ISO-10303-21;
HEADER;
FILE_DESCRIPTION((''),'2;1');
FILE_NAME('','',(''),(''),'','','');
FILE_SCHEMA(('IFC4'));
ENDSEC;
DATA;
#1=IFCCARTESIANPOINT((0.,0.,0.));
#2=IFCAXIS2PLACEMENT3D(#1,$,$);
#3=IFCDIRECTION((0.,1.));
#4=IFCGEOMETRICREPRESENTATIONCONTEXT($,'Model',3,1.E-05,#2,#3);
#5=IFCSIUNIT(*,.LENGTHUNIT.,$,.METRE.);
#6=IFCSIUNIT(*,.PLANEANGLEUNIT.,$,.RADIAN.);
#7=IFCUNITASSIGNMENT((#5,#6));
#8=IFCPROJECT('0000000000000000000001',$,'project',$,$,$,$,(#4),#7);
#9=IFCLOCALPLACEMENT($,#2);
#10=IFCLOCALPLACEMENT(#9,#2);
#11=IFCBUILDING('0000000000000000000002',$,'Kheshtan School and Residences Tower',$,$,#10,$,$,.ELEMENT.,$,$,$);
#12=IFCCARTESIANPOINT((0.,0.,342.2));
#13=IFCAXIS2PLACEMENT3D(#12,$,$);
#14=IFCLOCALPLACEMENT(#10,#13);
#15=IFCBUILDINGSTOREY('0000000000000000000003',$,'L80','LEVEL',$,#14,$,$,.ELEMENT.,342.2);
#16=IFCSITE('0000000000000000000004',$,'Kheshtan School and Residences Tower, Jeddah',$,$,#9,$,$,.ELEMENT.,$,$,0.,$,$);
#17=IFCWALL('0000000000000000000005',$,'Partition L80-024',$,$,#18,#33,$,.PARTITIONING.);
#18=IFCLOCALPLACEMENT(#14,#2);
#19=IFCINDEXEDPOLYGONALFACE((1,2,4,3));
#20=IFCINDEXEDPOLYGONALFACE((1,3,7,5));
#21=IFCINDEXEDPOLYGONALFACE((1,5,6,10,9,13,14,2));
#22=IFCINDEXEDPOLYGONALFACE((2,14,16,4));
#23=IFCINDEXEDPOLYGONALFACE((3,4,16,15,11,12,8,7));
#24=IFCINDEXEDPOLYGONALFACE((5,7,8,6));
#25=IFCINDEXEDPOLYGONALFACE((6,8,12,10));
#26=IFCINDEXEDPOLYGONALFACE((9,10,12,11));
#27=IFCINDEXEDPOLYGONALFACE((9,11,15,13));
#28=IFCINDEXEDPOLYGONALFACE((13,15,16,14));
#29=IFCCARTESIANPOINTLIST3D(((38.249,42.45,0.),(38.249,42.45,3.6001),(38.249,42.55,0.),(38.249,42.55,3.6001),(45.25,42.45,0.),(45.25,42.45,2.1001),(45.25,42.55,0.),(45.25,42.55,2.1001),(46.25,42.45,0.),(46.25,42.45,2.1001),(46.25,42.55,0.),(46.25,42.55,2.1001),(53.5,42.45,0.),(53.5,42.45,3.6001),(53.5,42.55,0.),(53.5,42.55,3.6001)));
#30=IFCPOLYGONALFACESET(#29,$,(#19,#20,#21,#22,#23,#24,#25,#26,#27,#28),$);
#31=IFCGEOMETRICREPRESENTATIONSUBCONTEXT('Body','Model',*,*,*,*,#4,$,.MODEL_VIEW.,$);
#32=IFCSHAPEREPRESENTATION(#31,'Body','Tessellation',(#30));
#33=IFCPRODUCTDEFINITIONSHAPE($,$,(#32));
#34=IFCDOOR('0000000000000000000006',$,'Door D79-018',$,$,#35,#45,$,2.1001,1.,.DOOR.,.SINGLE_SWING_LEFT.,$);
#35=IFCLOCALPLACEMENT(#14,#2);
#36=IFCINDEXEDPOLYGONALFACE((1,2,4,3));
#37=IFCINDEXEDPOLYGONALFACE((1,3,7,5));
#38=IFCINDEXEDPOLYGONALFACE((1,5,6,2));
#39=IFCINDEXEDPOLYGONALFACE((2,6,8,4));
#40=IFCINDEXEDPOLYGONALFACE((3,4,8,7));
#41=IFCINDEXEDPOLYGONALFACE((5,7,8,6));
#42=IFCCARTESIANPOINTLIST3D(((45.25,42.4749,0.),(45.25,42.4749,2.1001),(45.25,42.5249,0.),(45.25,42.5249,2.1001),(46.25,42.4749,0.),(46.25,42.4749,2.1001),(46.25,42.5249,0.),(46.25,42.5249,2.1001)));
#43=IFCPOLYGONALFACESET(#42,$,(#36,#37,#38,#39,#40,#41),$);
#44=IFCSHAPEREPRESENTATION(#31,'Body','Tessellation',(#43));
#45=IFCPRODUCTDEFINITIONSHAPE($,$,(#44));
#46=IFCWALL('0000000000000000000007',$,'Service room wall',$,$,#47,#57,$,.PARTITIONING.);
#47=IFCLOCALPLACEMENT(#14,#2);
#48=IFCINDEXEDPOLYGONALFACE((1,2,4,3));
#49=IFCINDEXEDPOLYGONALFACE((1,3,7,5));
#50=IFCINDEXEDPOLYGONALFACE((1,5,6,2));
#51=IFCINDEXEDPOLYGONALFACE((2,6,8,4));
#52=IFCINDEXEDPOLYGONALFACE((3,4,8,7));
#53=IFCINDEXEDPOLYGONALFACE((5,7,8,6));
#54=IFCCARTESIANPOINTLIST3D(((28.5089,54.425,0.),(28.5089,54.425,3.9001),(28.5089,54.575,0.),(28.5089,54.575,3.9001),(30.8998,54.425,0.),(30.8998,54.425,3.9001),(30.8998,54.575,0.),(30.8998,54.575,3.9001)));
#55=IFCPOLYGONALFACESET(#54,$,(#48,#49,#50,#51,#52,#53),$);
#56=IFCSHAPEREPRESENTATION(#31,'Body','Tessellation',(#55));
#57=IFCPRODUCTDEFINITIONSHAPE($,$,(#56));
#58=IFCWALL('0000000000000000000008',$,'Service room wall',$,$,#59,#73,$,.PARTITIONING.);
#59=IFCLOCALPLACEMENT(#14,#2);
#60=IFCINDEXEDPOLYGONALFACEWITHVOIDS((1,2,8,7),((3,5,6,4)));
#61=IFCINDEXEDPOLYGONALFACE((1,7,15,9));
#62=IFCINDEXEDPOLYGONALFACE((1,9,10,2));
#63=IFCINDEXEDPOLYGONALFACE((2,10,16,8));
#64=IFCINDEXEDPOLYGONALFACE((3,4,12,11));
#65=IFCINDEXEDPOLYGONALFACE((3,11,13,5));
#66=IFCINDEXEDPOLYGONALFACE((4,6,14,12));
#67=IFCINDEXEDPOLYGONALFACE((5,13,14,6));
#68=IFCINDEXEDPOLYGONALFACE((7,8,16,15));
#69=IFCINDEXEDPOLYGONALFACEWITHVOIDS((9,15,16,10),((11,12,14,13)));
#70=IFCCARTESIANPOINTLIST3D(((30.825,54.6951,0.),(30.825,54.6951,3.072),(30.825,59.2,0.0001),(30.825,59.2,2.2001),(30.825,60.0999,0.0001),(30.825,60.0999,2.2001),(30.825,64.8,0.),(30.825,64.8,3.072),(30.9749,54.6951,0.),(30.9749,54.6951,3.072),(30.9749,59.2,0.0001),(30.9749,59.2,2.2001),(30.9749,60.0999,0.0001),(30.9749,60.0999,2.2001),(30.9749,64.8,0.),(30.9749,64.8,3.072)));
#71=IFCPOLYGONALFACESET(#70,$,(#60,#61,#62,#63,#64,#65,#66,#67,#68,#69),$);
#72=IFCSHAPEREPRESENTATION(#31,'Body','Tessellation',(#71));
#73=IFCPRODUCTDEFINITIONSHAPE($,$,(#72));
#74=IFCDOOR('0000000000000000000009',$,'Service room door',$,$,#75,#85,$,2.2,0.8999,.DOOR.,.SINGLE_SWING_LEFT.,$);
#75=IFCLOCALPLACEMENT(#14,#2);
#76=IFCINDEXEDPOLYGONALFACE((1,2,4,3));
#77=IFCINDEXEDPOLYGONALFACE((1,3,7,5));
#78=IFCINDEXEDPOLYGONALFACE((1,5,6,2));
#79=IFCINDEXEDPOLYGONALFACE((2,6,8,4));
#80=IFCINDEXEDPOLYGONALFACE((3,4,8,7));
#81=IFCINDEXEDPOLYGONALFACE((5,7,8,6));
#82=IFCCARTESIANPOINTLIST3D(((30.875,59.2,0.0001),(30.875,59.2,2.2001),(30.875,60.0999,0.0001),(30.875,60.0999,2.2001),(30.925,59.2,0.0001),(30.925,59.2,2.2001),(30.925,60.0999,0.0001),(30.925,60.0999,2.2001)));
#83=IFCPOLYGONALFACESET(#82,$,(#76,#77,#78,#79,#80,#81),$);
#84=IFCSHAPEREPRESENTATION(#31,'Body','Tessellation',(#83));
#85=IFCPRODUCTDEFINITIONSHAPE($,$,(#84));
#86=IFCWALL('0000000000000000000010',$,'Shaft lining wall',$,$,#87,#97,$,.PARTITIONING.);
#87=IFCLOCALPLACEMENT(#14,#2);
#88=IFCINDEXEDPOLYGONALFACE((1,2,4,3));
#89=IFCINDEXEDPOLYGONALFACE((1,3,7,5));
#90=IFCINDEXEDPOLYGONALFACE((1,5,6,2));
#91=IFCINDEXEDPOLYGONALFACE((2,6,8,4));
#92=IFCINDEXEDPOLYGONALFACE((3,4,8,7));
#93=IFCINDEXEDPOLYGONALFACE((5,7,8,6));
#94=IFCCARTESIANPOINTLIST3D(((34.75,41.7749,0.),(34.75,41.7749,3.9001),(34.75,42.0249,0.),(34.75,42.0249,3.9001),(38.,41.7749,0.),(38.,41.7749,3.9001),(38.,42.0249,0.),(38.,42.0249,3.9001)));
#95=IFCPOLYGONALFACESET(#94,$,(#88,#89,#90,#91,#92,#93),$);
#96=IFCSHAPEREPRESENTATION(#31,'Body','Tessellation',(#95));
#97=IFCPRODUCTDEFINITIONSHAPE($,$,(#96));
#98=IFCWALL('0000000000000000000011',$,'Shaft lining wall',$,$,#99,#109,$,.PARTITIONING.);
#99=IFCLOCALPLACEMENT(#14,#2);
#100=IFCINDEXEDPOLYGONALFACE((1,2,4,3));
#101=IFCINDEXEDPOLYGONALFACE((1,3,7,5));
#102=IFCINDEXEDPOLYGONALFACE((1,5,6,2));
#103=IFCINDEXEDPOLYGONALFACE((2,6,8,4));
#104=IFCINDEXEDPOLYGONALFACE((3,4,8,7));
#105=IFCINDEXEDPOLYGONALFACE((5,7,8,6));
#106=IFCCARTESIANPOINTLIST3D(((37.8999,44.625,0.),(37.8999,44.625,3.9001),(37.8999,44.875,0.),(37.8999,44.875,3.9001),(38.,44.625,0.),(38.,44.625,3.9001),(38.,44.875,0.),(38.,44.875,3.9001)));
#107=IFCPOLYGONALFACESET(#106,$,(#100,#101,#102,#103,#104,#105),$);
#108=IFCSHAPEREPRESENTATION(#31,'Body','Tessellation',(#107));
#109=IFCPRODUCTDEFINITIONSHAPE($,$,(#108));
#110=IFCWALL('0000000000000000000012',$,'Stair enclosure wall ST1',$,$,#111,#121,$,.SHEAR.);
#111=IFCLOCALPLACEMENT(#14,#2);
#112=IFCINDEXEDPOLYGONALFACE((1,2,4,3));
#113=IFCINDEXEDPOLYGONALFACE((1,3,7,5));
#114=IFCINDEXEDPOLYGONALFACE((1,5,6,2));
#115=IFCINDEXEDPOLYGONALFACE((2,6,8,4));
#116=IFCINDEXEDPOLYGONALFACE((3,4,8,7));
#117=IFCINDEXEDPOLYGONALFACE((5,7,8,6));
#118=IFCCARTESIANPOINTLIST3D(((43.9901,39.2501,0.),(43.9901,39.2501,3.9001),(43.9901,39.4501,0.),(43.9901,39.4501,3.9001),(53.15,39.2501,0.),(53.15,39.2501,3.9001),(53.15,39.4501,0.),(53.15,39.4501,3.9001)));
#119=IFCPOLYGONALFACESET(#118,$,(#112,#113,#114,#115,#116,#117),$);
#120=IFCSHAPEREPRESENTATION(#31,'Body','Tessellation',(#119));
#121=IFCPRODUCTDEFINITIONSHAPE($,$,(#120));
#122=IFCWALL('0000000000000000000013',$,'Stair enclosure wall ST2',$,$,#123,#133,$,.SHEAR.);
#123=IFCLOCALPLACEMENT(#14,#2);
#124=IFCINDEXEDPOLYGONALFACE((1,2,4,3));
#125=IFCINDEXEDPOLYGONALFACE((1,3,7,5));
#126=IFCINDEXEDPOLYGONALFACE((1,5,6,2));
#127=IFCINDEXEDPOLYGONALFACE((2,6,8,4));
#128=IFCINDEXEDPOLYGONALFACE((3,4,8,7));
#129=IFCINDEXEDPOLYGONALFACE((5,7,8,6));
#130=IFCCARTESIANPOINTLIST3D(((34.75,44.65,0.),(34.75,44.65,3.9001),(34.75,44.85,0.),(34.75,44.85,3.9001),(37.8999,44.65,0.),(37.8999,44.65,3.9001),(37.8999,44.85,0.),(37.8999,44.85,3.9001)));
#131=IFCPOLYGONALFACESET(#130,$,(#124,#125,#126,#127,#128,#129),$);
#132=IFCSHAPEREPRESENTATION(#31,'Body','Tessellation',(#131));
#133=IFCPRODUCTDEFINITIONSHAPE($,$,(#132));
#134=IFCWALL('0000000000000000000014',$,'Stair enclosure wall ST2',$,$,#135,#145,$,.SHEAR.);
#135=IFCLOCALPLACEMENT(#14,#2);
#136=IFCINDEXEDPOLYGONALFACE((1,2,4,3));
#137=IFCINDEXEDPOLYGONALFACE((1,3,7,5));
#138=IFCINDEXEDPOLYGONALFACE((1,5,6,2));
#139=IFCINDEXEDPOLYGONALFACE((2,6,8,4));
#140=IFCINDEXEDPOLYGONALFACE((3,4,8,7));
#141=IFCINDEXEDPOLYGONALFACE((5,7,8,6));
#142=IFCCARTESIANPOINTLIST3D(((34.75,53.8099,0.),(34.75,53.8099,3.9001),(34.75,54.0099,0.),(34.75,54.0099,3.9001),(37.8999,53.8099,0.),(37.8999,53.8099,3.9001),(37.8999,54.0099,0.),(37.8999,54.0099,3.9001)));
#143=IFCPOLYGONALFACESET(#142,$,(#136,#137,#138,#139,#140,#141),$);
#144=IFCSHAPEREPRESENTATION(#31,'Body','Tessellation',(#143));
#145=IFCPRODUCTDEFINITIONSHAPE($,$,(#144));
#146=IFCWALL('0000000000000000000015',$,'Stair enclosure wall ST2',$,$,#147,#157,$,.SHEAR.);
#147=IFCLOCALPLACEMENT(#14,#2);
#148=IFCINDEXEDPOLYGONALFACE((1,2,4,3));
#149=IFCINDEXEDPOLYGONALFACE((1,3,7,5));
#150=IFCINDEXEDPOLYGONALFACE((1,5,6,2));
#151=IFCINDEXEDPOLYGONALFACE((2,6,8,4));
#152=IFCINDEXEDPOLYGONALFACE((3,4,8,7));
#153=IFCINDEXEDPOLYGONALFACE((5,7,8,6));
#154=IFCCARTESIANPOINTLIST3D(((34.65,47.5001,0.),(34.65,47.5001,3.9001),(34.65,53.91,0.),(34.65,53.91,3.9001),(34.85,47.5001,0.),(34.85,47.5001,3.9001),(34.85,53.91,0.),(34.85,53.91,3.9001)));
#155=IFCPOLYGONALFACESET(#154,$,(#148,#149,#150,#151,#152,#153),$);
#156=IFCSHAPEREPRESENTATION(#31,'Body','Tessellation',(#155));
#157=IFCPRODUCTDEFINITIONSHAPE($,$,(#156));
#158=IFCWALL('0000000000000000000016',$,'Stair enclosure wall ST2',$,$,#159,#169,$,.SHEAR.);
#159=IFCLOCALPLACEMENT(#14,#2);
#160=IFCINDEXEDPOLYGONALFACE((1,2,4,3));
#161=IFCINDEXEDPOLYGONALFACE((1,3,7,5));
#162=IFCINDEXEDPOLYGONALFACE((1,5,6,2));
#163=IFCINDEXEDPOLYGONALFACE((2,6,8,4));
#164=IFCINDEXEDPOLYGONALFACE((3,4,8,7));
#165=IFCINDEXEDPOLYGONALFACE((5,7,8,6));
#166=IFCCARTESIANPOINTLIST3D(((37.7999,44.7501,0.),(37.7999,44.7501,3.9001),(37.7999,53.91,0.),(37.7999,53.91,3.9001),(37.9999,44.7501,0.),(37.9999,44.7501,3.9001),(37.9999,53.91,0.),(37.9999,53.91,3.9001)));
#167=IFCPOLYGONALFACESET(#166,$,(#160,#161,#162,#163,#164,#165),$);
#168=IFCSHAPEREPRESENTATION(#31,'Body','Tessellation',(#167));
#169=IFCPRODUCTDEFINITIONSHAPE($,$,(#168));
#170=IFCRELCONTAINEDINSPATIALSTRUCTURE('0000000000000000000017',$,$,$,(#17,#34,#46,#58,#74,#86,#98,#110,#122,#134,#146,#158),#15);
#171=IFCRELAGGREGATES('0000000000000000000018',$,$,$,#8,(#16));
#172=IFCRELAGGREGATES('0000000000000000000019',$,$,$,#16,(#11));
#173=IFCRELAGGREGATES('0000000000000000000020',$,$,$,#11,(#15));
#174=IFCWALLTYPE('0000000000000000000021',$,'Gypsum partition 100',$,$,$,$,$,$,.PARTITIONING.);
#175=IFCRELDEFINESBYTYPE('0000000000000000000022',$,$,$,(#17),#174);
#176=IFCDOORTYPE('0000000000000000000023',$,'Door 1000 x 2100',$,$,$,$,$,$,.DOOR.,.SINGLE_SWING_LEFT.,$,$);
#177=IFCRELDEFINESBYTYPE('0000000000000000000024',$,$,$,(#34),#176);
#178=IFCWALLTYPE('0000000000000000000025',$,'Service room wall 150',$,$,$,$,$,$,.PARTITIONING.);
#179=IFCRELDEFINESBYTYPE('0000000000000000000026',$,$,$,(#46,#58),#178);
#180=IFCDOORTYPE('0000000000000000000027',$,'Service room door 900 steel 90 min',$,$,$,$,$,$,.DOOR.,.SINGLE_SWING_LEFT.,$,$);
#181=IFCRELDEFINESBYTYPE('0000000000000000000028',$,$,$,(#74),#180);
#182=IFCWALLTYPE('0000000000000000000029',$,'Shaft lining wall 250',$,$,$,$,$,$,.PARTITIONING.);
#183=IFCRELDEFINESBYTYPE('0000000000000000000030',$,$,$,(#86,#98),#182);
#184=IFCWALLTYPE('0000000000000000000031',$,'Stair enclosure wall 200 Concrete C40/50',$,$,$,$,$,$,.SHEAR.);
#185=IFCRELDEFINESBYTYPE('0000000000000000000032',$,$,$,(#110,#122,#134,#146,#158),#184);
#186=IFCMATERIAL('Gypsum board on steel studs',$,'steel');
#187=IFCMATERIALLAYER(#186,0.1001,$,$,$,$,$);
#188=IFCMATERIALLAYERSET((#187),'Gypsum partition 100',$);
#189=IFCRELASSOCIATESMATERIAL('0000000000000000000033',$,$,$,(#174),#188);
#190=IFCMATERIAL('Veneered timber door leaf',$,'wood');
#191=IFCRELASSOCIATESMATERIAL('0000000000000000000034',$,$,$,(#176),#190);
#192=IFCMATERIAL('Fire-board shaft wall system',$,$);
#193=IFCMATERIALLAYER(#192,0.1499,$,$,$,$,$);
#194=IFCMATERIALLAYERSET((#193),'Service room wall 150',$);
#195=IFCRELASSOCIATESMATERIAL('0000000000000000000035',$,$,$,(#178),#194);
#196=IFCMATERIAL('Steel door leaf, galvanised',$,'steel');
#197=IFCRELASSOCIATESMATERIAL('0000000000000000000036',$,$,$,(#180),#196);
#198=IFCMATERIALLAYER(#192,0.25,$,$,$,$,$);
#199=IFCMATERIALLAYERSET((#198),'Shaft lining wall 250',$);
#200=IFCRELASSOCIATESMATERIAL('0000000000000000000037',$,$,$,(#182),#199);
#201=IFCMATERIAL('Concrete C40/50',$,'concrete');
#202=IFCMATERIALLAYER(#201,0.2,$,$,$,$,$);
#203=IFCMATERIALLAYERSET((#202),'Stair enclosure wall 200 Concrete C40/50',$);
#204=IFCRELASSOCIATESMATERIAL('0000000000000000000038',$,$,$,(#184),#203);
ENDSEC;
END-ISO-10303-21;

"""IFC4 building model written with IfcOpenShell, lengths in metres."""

from ifc_helpers import new_model, si_unit, direction, frame, frame_2d, origin, place, context, subcontext, project, spatial, rectangle, extrude, source, transform, mapped, material, layer, layer_set, type_object, element, fill, save


model = new_model("IFC4")

# Units and contexts
model_context = context("Model", 3, precision=1e-05, world=origin(), true_north=direction((0.0, 1.0)))
body_context = subcontext(model_context, "Body", "Model", "MODEL_VIEW")
ifc_project = project(units=[si_unit("LENGTHUNIT", "METRE"), si_unit("PLANEANGLEUNIT", "RADIAN")], contexts=[model_context])

# Site, building, storey
site_placement = place(None, origin())
site = spatial("IfcSite", under=ifc_project, at=site_placement, Name="Kheshtan School and Residences Tower, Jeddah", CompositionType="ELEMENT", RefElevation=0.0)
building_placement = place(site_placement, origin())
building = spatial("IfcBuilding", under=site, at=building_placement, Name="Kheshtan School and Residences Tower", CompositionType="ELEMENT")
storey_placement = place(building_placement, frame((0.0, 0.0, 342.2)))
storey = spatial("IfcBuildingStorey", under=building, at=storey_placement, Name="L80", Description="LEVEL", CompositionType="ELEMENT", Elevation=342.2)

# Wall, opening, door
ifc_material_1 = material(Name="Gypsum board on steel studs", Category="steel")
ifc_layer_1 = layer(ifc_material_1, 0.1001)
ifc_layer_set_1 = layer_set([ifc_layer_1], Name="Gypsum partition 100")
wall_type_1 = type_object("IfcWallType", Name="Gypsum partition 100", PredefinedType="PARTITIONING", material=ifc_layer_set_1)
wall_1_placement = place(storey_placement, frame((38.249, 42.5, 0.0), z_axis=(0.0, 0.0, 1.0), x_axis=(1.0, 0.0, 0.0)))
wall_1 = element("IfcWall", 1, at=wall_1_placement, inside=storey, type_object=wall_type_1, Name="Partition L80-024", PredefinedType="PARTITIONING", context=body_context, shape_type="SweptSolid", body=[
    extrude(rectangle(XDim=15.251, YDim=0.1001, at=frame_2d((7.6255, 0.0))), origin(), (0.0, 0.0, 1.0), 3.6001),
])
opening_1_placement = place(wall_1_placement, frame((7.001, 0.0, 0.0)))
opening_1 = element("IfcOpeningElement", 2, at=opening_1_placement, cuts=wall_1, PredefinedType="OPENING", context=body_context, shape_type="SweptSolid", body=[
    extrude(rectangle(XDim=1.0, YDim=2.1001, at=frame_2d((0.5, 1.05))), frame((0.0, 0.0601, 0.0), z_axis=(0.0, -1.0, 0.0), x_axis=(1.0, 0.0, 0.0)), (0.0, 0.0, 1.0), 0.1201),
])
ifc_material_2 = material(Name="Veneered timber door leaf", Category="wood")
door_type_1 = type_object("IfcDoorType", Name="Door 1000 x 2100", OperationType="SINGLE_SWING_LEFT", PredefinedType="DOOR", material=ifc_material_2)
shared_shape_1 = source(origin(), body_context, "Body", "SweptSolid", [
    extrude(rectangle(XDim=1.0, YDim=2.1001, at=frame_2d((0.5, 1.05))), frame((0.0, 0.0249, 0.0), z_axis=(0.0, -1.0, 0.0), x_axis=(1.0, 0.0, 0.0)), (0.0, 0.0, 1.0), 0.05),
])
door_1_placement = place(opening_1_placement, origin())
door_1 = element("IfcDoor", 3, at=door_1_placement, inside=storey, type_object=door_type_1, Name="Door D79-018", OperationType="SINGLE_SWING_LEFT", OverallHeight=2.1001, OverallWidth=1.0, PredefinedType="DOOR", context=body_context, shape_type="MappedRepresentation", body=[
    mapped(shared_shape_1, transform((0.0, 0.0, 0.0), x_axis=(1.0, 0.0, 0.0), y_axis=(0.0, 1.0, 0.0), z_axis=(0.0, 0.0, 1.0), scale=1.0)),
])
fill(opening_1, door_1)

# Wall
ifc_material_3 = material(Name="Fire-board shaft wall system")
ifc_layer_2 = layer(ifc_material_3, 0.1499)
ifc_layer_set_2 = layer_set([ifc_layer_2], Name="Service room wall 150")
wall_type_2 = type_object("IfcWallType", Name="Service room wall 150", PredefinedType="PARTITIONING", material=ifc_layer_set_2)
wall_2_placement = place(storey_placement, frame((28.509, 54.5, 0.0), z_axis=(0.0, 0.0, 1.0), x_axis=(1.0, 0.0, 0.0)))
element("IfcWall", 4, at=wall_2_placement, inside=storey, type_object=wall_type_2, Name="Service room wall", PredefinedType="PARTITIONING", context=body_context, shape_type="SweptSolid", body=[
    extrude(rectangle(XDim=2.3909, YDim=0.1499, at=frame_2d((1.1953, 0.0))), origin(), (0.0, 0.0, 1.0), 3.9001),
])

# Wall, opening, door
wall_3_placement = place(storey_placement, frame((30.8999, 54.6951, 0.0), z_axis=(0.0, 0.0, 1.0), x_axis=(0.0, 1.0, 0.0)))
wall_3 = element("IfcWall", 5, at=wall_3_placement, inside=storey, type_object=wall_type_2, Name="Service room wall", PredefinedType="PARTITIONING", context=body_context, shape_type="SweptSolid", body=[
    extrude(rectangle(XDim=10.105, YDim=0.1499, at=frame_2d((5.0525, 0.0))), origin(), (0.0, 0.0, 1.0), 3.072),
])
opening_2_placement = place(wall_3_placement, frame((4.5049, 0.0, 0.0)))
opening_2 = element("IfcOpeningElement", 6, at=opening_2_placement, cuts=wall_3, PredefinedType="OPENING", context=body_context, shape_type="SweptSolid", body=[
    extrude(rectangle(XDim=0.8999, YDim=2.2, at=frame_2d((0.45, 1.1001))), frame((0.0, 0.085, 0.0), z_axis=(0.0, -1.0, 0.0), x_axis=(1.0, 0.0, 0.0)), (0.0, 0.0, 1.0), 0.1699),
])
ifc_material_4 = material(Name="Steel door leaf, galvanised", Category="steel")
door_type_2 = type_object("IfcDoorType", Name="Service room door 900 steel 90 min", OperationType="SINGLE_SWING_LEFT", PredefinedType="DOOR", material=ifc_material_4)
shared_shape_2 = source(origin(), body_context, "Body", "SweptSolid", [
    extrude(rectangle(XDim=0.8999, YDim=2.2, at=frame_2d((0.45, 1.1001))), frame((0.0, 0.0249, 0.0), z_axis=(0.0, -1.0, 0.0), x_axis=(1.0, 0.0, 0.0)), (0.0, 0.0, 1.0), 0.05),
])
door_2_placement = place(opening_2_placement, origin())
door_2 = element("IfcDoor", 7, at=door_2_placement, inside=storey, type_object=door_type_2, Name="Service room door", OperationType="SINGLE_SWING_LEFT", OverallHeight=2.2, OverallWidth=0.8999, PredefinedType="DOOR", context=body_context, shape_type="MappedRepresentation", body=[
    mapped(shared_shape_2, transform((0.0, 0.0, 0.0), x_axis=(1.0, 0.0, 0.0), y_axis=(0.0, 1.0, 0.0), z_axis=(0.0, 0.0, 1.0), scale=1.0)),
])
fill(opening_2, door_2)

# Walls
ifc_layer_3 = layer(ifc_material_3, 0.25)
ifc_layer_set_3 = layer_set([ifc_layer_3], Name="Shaft lining wall 250")
wall_type_3 = type_object("IfcWallType", Name="Shaft lining wall 250", PredefinedType="PARTITIONING", material=ifc_layer_set_3)
wall_4_placement = place(storey_placement, frame((34.75, 41.8999, 0.0), z_axis=(0.0, 0.0, 1.0), x_axis=(1.0, 0.0, 0.0)))
element("IfcWall", 8, at=wall_4_placement, inside=storey, type_object=wall_type_3, Name="Shaft lining wall", PredefinedType="PARTITIONING", context=body_context, shape_type="SweptSolid", body=[
    extrude(rectangle(XDim=3.25, YDim=0.25, at=frame_2d((1.625, 0.0))), origin(), (0.0, 0.0, 1.0), 3.9001),
])
wall_5_placement = place(storey_placement, frame((37.8999, 44.75, 0.0), z_axis=(0.0, 0.0, 1.0), x_axis=(1.0, 0.0, 0.0)))
element("IfcWall", 9, at=wall_5_placement, inside=storey, type_object=wall_type_3, Name="Shaft lining wall", PredefinedType="PARTITIONING", context=body_context, shape_type="SweptSolid", body=[
    extrude(rectangle(XDim=0.1001, YDim=0.25, at=frame_2d((0.05, 0.0))), origin(), (0.0, 0.0, 1.0), 3.9001),
])
ifc_material_5 = material(Name="Concrete C40/50", Category="concrete")
ifc_layer_4 = layer(ifc_material_5, 0.2)
ifc_layer_set_4 = layer_set([ifc_layer_4], Name="Stair enclosure wall 200 Concrete C40/50")
wall_type_4 = type_object("IfcWallType", Name="Stair enclosure wall 200 Concrete C40/50", PredefinedType="SHEAR", material=ifc_layer_set_4)
wall_6_placement = place(storey_placement, frame((43.99, 39.3501, 0.0), z_axis=(0.0, 0.0, 1.0), x_axis=(1.0, 0.0, 0.0)))
element("IfcWall", 10, at=wall_6_placement, inside=storey, type_object=wall_type_4, Name="Stair enclosure wall ST1", PredefinedType="SHEAR", context=body_context, shape_type="SweptSolid", body=[
    extrude(rectangle(XDim=9.1599, YDim=0.2, at=frame_2d((4.5801, 0.0))), origin(), (0.0, 0.0, 1.0), 3.9001),
])
for number, where, z_axis, x_axis, name in (
    (11, (34.75, 44.75, 0.0), (0.0, 0.0, 1.0), (1.0, 0.0, 0.0), "Stair enclosure wall ST2"),
    (12, (34.75, 53.9099, 0.0), (0.0, 0.0, 1.0), (1.0, 0.0, 0.0), "Stair enclosure wall ST2"),
):
    element("IfcWall", number, at=place(storey_placement, frame(where, z_axis=z_axis, x_axis=x_axis)), inside=storey, type_object=wall_type_4, Name=name, PredefinedType="SHEAR", context=body_context, shape_type="SweptSolid", body=[
        extrude(rectangle(XDim=3.1499, YDim=0.2, at=frame_2d((1.575, 0.0))), origin(), (0.0, 0.0, 1.0), 3.9001),
    ])
wall_7_placement = place(storey_placement, frame((34.75, 47.5, 0.0), z_axis=(0.0, 0.0, 1.0), x_axis=(0.0, 1.0, 0.0)))
element("IfcWall", 13, at=wall_7_placement, inside=storey, type_object=wall_type_4, Name="Stair enclosure wall ST2", PredefinedType="SHEAR", context=body_context, shape_type="SweptSolid", body=[
    extrude(rectangle(XDim=6.4099, YDim=0.2, at=frame_2d((3.2051, 0.0))), origin(), (0.0, 0.0, 1.0), 3.9001),
])
wall_8_placement = place(storey_placement, frame((37.8999, 44.75, 0.0), z_axis=(0.0, 0.0, 1.0), x_axis=(0.0, 1.0, 0.0)))
element("IfcWall", 14, at=wall_8_placement, inside=storey, type_object=wall_type_4, Name="Stair enclosure wall ST2", PredefinedType="SHEAR", context=body_context, shape_type="SweptSolid", body=[
    extrude(rectangle(XDim=9.1599, YDim=0.2, at=frame_2d((4.5801, 0.0))), origin(), (0.0, 0.0, 1.0), 3.9001),
])

save(model, "model.ifc")
